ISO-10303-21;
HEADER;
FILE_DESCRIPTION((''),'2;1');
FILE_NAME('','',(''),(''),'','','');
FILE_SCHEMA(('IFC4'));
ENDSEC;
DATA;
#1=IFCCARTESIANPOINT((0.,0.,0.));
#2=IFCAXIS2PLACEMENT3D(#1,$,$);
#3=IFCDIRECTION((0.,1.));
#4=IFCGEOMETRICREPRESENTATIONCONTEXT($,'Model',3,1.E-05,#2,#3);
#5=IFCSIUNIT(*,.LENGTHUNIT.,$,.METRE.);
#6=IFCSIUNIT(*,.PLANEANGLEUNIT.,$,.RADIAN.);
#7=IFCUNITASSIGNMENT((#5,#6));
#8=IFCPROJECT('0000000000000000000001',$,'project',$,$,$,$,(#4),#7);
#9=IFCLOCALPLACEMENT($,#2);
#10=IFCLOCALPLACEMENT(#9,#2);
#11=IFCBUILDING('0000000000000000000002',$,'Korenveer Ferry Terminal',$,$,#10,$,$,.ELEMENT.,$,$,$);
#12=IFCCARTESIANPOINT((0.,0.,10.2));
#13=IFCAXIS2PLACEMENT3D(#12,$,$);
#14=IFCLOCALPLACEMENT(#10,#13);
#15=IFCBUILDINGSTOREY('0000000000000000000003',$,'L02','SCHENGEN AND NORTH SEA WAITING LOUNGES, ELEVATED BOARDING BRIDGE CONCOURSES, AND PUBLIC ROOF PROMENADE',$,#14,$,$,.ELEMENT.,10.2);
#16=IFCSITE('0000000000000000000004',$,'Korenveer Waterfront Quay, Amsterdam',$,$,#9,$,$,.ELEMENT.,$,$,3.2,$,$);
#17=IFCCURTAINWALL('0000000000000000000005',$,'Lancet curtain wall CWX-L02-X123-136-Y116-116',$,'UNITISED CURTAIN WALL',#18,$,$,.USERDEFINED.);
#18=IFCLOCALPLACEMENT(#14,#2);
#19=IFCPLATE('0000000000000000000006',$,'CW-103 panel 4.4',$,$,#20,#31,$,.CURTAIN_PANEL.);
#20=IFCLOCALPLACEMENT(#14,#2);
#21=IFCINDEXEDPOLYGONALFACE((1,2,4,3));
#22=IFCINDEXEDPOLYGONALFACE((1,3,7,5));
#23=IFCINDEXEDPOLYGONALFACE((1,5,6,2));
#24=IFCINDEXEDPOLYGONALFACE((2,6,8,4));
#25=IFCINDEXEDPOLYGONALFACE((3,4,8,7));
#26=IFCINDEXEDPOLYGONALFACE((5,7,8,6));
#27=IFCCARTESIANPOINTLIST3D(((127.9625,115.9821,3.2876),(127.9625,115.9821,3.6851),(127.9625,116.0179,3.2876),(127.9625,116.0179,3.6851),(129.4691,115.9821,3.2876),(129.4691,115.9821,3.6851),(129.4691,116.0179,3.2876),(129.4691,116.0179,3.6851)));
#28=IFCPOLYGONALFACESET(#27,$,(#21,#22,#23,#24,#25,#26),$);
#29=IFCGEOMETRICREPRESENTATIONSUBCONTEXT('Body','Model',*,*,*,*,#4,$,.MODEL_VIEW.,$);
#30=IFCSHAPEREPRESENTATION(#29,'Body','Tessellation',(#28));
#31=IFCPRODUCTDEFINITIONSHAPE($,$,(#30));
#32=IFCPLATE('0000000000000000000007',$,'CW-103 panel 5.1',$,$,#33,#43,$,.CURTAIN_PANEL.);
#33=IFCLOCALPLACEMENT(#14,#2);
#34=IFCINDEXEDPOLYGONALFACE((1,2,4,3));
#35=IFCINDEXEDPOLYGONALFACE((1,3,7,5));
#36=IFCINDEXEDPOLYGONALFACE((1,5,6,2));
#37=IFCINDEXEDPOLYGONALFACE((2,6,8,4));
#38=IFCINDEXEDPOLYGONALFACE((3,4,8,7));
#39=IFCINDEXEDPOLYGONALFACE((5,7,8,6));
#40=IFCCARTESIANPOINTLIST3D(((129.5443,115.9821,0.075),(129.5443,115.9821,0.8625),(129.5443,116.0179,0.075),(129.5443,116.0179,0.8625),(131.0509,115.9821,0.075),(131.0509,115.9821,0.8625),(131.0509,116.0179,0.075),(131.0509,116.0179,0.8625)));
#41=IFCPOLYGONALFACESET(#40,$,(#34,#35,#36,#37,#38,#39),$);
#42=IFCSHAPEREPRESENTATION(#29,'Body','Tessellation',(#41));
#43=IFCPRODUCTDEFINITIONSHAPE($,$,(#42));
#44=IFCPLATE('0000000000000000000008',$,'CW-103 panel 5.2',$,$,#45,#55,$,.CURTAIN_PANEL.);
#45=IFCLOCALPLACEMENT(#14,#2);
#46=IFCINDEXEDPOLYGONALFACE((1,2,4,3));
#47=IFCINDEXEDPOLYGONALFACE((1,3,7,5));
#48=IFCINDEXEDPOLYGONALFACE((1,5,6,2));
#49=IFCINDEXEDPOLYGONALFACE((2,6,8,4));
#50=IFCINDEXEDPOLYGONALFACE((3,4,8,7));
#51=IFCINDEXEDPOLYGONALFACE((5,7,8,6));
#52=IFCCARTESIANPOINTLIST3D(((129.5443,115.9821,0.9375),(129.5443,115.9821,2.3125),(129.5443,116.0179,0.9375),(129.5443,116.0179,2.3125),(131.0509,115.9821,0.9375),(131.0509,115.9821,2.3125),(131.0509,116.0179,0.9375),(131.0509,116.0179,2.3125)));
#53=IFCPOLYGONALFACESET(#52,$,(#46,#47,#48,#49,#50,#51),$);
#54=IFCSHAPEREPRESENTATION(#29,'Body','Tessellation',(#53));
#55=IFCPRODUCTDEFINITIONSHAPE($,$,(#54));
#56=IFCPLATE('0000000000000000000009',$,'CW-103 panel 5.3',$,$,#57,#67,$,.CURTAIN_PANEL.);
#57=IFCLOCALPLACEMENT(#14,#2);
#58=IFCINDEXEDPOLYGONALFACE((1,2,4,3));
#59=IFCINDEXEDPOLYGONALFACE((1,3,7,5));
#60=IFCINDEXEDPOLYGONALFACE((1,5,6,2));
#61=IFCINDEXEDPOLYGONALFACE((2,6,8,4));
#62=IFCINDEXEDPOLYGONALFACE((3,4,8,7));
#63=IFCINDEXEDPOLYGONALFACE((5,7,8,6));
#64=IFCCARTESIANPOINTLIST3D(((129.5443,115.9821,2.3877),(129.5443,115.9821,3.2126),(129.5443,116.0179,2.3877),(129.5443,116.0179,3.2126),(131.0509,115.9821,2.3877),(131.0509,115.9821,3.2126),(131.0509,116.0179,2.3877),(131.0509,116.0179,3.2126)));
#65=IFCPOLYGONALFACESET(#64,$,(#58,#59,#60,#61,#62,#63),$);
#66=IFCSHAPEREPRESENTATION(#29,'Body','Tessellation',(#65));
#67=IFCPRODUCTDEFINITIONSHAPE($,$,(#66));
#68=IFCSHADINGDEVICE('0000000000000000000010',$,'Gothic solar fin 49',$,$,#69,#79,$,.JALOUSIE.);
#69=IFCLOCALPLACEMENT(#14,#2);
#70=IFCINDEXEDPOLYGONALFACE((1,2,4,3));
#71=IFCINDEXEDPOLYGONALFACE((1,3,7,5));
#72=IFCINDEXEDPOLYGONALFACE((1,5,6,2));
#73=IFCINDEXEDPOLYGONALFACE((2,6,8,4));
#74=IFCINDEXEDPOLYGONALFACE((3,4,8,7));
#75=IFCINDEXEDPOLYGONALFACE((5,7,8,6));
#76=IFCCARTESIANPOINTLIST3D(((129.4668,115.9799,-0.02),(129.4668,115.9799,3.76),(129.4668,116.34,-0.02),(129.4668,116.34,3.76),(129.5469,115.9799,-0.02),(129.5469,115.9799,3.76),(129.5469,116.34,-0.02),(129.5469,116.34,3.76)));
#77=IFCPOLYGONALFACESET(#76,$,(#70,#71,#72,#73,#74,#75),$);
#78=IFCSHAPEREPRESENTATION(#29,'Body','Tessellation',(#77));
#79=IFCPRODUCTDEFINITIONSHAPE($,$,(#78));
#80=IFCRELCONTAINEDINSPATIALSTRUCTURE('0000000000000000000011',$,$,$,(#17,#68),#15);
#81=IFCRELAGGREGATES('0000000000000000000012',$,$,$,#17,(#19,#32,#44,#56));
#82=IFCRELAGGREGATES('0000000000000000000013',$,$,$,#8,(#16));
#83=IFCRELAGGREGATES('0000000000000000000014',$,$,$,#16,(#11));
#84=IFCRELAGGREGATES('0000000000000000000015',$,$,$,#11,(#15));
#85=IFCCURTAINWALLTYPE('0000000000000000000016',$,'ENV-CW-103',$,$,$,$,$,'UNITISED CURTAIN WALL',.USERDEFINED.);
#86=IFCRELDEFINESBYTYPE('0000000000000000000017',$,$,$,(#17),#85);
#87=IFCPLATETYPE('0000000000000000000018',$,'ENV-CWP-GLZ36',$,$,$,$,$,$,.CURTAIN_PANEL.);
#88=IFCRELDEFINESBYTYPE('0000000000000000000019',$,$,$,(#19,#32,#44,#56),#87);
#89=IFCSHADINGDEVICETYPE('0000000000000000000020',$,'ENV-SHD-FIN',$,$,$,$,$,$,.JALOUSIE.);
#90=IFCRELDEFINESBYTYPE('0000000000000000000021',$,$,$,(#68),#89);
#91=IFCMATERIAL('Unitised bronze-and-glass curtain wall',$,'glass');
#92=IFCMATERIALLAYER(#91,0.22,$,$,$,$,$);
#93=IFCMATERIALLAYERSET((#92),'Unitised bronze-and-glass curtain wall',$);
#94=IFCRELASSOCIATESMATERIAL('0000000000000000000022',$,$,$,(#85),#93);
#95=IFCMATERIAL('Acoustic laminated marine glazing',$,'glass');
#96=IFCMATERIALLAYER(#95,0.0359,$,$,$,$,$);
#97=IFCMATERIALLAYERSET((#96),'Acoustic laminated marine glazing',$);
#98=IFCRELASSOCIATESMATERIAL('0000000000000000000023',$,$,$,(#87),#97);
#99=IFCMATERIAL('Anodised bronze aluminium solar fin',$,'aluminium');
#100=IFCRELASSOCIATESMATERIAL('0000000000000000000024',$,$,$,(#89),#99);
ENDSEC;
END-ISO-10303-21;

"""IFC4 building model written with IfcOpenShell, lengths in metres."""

from ifc_helpers import new_model, si_unit, direction, frame, origin, origin_2d, place, context, subcontext, project, spatial, rectangle, extrude, material, layer, layer_set, type_object, element, aggregate, save


model = new_model("IFC4")

# Units and contexts
model_context = context("Model", 3, precision=1e-05, world=origin(), true_north=direction((0.0, 1.0)))
body_context = subcontext(model_context, "Body", "Model", "MODEL_VIEW")
ifc_project = project(units=[si_unit("LENGTHUNIT", "METRE"), si_unit("PLANEANGLEUNIT", "RADIAN")], contexts=[model_context])

# Site, building, storey
site_placement = place(None, origin())
site = spatial("IfcSite", under=ifc_project, at=site_placement, Name="Korenveer Waterfront Quay, Amsterdam", CompositionType="ELEMENT", RefElevation=3.2)
building_placement = place(site_placement, origin())
building = spatial("IfcBuilding", under=site, at=building_placement, Name="Korenveer Ferry Terminal", CompositionType="ELEMENT")
storey_placement = place(building_placement, frame((0.0, 0.0, 10.2)))
storey = spatial("IfcBuildingStorey", under=building, at=storey_placement, Name="L02", Description="SCHENGEN AND NORTH SEA WAITING LOUNGES, ELEVATED BOARDING BRIDGE CONCOURSES, AND PUBLIC ROOF PROMENADE", CompositionType="ELEMENT", Elevation=10.2)

# Curtain wall, plates
ifc_material_1 = material(Name="Unitised bronze-and-glass curtain wall", Category="glass")
ifc_layer_1 = layer(ifc_material_1, 0.22)
ifc_layer_set_1 = layer_set([ifc_layer_1], Name="Unitised bronze-and-glass curtain wall")
curtain_wall_type = type_object("IfcCurtainWallType", Name="ENV-CW-103", ElementType="UNITISED CURTAIN WALL", PredefinedType="USERDEFINED", material=ifc_layer_set_1)
curtain_wall_placement = place(storey_placement, frame((123.1799, 116.0, 0.0)))
curtain_wall = element("IfcCurtainWall", 1, at=curtain_wall_placement, inside=storey, type_object=curtain_wall_type, Name="Lancet curtain wall CWX-L02-X123-136-Y116-116", ObjectType="UNITISED CURTAIN WALL", PredefinedType="USERDEFINED")
ifc_material_2 = material(Name="Acoustic laminated marine glazing", Category="glass")
ifc_layer_2 = layer(ifc_material_2, 0.0359)
ifc_layer_set_2 = layer_set([ifc_layer_2], Name="Acoustic laminated marine glazing")
plate_type = type_object("IfcPlateType", Name="ENV-CWP-GLZ36", PredefinedType="CURTAIN_PANEL", material=ifc_layer_set_2)
plate_1_placement = place(storey_placement, frame((128.7158, 116.0, 3.2876), z_axis=(0.0, 0.0, 1.0), x_axis=(1.0, 0.0, 0.0)))
plate_1 = element("IfcPlate", 2, at=plate_1_placement, type_object=plate_type, Name="CW-103 panel 4.4", PredefinedType="CURTAIN_PANEL", context=body_context, shape_type="SweptSolid", body=[
    extrude(rectangle(XDim=1.5066, YDim=0.0359, at=origin_2d()), origin(), (0.0, 0.0, 1.0), 0.3975),
])
plate_2_placement = place(storey_placement, frame((130.2976, 116.0, 0.075), z_axis=(0.0, 0.0, 1.0), x_axis=(1.0, 0.0, 0.0)))
plate_2 = element("IfcPlate", 3, at=plate_2_placement, type_object=plate_type, Name="CW-103 panel 5.1", PredefinedType="CURTAIN_PANEL", context=body_context, shape_type="SweptSolid", body=[
    extrude(rectangle(XDim=1.5066, YDim=0.0359, at=origin_2d()), origin(), (0.0, 0.0, 1.0), 0.7876),
])
plate_3_placement = place(storey_placement, frame((130.2976, 116.0, 0.9375), z_axis=(0.0, 0.0, 1.0), x_axis=(1.0, 0.0, 0.0)))
plate_3 = element("IfcPlate", 4, at=plate_3_placement, type_object=plate_type, Name="CW-103 panel 5.2", PredefinedType="CURTAIN_PANEL", context=body_context, shape_type="SweptSolid", body=[
    extrude(rectangle(XDim=1.5066, YDim=0.0359, at=origin_2d()), origin(), (0.0, 0.0, 1.0), 1.375),
])
plate_4_placement = place(storey_placement, frame((130.2976, 116.0, 2.3877), z_axis=(0.0, 0.0, 1.0), x_axis=(1.0, 0.0, 0.0)))
plate_4 = element("IfcPlate", 5, at=plate_4_placement, type_object=plate_type, Name="CW-103 panel 5.3", PredefinedType="CURTAIN_PANEL", context=body_context, shape_type="SweptSolid", body=[
    extrude(rectangle(XDim=1.5066, YDim=0.0359, at=origin_2d()), origin(), (0.0, 0.0, 1.0), 0.825),
])
aggregate(curtain_wall, [plate_1, plate_2, plate_3, plate_4])

# Shading device
ifc_material_3 = material(Name="Anodised bronze aluminium solar fin", Category="aluminium")
shading_device_type = type_object("IfcShadingDeviceType", Name="ENV-SHD-FIN", PredefinedType="JALOUSIE", material=ifc_material_3)
shading_device_placement = place(storey_placement, frame((129.5068, 116.1599, -0.02), z_axis=(0.0, 0.0, 1.0), x_axis=(0.0, 1.0, 0.0)))
element("IfcShadingDevice", 6, at=shading_device_placement, inside=storey, type_object=shading_device_type, Name="Gothic solar fin 49", PredefinedType="JALOUSIE", context=body_context, shape_type="SweptSolid", body=[
    extrude(rectangle(XDim=0.3601, YDim=0.0801, at=origin_2d()), origin(), (0.0, 0.0, 1.0), 3.78),
])

save(model, "model.ifc")
